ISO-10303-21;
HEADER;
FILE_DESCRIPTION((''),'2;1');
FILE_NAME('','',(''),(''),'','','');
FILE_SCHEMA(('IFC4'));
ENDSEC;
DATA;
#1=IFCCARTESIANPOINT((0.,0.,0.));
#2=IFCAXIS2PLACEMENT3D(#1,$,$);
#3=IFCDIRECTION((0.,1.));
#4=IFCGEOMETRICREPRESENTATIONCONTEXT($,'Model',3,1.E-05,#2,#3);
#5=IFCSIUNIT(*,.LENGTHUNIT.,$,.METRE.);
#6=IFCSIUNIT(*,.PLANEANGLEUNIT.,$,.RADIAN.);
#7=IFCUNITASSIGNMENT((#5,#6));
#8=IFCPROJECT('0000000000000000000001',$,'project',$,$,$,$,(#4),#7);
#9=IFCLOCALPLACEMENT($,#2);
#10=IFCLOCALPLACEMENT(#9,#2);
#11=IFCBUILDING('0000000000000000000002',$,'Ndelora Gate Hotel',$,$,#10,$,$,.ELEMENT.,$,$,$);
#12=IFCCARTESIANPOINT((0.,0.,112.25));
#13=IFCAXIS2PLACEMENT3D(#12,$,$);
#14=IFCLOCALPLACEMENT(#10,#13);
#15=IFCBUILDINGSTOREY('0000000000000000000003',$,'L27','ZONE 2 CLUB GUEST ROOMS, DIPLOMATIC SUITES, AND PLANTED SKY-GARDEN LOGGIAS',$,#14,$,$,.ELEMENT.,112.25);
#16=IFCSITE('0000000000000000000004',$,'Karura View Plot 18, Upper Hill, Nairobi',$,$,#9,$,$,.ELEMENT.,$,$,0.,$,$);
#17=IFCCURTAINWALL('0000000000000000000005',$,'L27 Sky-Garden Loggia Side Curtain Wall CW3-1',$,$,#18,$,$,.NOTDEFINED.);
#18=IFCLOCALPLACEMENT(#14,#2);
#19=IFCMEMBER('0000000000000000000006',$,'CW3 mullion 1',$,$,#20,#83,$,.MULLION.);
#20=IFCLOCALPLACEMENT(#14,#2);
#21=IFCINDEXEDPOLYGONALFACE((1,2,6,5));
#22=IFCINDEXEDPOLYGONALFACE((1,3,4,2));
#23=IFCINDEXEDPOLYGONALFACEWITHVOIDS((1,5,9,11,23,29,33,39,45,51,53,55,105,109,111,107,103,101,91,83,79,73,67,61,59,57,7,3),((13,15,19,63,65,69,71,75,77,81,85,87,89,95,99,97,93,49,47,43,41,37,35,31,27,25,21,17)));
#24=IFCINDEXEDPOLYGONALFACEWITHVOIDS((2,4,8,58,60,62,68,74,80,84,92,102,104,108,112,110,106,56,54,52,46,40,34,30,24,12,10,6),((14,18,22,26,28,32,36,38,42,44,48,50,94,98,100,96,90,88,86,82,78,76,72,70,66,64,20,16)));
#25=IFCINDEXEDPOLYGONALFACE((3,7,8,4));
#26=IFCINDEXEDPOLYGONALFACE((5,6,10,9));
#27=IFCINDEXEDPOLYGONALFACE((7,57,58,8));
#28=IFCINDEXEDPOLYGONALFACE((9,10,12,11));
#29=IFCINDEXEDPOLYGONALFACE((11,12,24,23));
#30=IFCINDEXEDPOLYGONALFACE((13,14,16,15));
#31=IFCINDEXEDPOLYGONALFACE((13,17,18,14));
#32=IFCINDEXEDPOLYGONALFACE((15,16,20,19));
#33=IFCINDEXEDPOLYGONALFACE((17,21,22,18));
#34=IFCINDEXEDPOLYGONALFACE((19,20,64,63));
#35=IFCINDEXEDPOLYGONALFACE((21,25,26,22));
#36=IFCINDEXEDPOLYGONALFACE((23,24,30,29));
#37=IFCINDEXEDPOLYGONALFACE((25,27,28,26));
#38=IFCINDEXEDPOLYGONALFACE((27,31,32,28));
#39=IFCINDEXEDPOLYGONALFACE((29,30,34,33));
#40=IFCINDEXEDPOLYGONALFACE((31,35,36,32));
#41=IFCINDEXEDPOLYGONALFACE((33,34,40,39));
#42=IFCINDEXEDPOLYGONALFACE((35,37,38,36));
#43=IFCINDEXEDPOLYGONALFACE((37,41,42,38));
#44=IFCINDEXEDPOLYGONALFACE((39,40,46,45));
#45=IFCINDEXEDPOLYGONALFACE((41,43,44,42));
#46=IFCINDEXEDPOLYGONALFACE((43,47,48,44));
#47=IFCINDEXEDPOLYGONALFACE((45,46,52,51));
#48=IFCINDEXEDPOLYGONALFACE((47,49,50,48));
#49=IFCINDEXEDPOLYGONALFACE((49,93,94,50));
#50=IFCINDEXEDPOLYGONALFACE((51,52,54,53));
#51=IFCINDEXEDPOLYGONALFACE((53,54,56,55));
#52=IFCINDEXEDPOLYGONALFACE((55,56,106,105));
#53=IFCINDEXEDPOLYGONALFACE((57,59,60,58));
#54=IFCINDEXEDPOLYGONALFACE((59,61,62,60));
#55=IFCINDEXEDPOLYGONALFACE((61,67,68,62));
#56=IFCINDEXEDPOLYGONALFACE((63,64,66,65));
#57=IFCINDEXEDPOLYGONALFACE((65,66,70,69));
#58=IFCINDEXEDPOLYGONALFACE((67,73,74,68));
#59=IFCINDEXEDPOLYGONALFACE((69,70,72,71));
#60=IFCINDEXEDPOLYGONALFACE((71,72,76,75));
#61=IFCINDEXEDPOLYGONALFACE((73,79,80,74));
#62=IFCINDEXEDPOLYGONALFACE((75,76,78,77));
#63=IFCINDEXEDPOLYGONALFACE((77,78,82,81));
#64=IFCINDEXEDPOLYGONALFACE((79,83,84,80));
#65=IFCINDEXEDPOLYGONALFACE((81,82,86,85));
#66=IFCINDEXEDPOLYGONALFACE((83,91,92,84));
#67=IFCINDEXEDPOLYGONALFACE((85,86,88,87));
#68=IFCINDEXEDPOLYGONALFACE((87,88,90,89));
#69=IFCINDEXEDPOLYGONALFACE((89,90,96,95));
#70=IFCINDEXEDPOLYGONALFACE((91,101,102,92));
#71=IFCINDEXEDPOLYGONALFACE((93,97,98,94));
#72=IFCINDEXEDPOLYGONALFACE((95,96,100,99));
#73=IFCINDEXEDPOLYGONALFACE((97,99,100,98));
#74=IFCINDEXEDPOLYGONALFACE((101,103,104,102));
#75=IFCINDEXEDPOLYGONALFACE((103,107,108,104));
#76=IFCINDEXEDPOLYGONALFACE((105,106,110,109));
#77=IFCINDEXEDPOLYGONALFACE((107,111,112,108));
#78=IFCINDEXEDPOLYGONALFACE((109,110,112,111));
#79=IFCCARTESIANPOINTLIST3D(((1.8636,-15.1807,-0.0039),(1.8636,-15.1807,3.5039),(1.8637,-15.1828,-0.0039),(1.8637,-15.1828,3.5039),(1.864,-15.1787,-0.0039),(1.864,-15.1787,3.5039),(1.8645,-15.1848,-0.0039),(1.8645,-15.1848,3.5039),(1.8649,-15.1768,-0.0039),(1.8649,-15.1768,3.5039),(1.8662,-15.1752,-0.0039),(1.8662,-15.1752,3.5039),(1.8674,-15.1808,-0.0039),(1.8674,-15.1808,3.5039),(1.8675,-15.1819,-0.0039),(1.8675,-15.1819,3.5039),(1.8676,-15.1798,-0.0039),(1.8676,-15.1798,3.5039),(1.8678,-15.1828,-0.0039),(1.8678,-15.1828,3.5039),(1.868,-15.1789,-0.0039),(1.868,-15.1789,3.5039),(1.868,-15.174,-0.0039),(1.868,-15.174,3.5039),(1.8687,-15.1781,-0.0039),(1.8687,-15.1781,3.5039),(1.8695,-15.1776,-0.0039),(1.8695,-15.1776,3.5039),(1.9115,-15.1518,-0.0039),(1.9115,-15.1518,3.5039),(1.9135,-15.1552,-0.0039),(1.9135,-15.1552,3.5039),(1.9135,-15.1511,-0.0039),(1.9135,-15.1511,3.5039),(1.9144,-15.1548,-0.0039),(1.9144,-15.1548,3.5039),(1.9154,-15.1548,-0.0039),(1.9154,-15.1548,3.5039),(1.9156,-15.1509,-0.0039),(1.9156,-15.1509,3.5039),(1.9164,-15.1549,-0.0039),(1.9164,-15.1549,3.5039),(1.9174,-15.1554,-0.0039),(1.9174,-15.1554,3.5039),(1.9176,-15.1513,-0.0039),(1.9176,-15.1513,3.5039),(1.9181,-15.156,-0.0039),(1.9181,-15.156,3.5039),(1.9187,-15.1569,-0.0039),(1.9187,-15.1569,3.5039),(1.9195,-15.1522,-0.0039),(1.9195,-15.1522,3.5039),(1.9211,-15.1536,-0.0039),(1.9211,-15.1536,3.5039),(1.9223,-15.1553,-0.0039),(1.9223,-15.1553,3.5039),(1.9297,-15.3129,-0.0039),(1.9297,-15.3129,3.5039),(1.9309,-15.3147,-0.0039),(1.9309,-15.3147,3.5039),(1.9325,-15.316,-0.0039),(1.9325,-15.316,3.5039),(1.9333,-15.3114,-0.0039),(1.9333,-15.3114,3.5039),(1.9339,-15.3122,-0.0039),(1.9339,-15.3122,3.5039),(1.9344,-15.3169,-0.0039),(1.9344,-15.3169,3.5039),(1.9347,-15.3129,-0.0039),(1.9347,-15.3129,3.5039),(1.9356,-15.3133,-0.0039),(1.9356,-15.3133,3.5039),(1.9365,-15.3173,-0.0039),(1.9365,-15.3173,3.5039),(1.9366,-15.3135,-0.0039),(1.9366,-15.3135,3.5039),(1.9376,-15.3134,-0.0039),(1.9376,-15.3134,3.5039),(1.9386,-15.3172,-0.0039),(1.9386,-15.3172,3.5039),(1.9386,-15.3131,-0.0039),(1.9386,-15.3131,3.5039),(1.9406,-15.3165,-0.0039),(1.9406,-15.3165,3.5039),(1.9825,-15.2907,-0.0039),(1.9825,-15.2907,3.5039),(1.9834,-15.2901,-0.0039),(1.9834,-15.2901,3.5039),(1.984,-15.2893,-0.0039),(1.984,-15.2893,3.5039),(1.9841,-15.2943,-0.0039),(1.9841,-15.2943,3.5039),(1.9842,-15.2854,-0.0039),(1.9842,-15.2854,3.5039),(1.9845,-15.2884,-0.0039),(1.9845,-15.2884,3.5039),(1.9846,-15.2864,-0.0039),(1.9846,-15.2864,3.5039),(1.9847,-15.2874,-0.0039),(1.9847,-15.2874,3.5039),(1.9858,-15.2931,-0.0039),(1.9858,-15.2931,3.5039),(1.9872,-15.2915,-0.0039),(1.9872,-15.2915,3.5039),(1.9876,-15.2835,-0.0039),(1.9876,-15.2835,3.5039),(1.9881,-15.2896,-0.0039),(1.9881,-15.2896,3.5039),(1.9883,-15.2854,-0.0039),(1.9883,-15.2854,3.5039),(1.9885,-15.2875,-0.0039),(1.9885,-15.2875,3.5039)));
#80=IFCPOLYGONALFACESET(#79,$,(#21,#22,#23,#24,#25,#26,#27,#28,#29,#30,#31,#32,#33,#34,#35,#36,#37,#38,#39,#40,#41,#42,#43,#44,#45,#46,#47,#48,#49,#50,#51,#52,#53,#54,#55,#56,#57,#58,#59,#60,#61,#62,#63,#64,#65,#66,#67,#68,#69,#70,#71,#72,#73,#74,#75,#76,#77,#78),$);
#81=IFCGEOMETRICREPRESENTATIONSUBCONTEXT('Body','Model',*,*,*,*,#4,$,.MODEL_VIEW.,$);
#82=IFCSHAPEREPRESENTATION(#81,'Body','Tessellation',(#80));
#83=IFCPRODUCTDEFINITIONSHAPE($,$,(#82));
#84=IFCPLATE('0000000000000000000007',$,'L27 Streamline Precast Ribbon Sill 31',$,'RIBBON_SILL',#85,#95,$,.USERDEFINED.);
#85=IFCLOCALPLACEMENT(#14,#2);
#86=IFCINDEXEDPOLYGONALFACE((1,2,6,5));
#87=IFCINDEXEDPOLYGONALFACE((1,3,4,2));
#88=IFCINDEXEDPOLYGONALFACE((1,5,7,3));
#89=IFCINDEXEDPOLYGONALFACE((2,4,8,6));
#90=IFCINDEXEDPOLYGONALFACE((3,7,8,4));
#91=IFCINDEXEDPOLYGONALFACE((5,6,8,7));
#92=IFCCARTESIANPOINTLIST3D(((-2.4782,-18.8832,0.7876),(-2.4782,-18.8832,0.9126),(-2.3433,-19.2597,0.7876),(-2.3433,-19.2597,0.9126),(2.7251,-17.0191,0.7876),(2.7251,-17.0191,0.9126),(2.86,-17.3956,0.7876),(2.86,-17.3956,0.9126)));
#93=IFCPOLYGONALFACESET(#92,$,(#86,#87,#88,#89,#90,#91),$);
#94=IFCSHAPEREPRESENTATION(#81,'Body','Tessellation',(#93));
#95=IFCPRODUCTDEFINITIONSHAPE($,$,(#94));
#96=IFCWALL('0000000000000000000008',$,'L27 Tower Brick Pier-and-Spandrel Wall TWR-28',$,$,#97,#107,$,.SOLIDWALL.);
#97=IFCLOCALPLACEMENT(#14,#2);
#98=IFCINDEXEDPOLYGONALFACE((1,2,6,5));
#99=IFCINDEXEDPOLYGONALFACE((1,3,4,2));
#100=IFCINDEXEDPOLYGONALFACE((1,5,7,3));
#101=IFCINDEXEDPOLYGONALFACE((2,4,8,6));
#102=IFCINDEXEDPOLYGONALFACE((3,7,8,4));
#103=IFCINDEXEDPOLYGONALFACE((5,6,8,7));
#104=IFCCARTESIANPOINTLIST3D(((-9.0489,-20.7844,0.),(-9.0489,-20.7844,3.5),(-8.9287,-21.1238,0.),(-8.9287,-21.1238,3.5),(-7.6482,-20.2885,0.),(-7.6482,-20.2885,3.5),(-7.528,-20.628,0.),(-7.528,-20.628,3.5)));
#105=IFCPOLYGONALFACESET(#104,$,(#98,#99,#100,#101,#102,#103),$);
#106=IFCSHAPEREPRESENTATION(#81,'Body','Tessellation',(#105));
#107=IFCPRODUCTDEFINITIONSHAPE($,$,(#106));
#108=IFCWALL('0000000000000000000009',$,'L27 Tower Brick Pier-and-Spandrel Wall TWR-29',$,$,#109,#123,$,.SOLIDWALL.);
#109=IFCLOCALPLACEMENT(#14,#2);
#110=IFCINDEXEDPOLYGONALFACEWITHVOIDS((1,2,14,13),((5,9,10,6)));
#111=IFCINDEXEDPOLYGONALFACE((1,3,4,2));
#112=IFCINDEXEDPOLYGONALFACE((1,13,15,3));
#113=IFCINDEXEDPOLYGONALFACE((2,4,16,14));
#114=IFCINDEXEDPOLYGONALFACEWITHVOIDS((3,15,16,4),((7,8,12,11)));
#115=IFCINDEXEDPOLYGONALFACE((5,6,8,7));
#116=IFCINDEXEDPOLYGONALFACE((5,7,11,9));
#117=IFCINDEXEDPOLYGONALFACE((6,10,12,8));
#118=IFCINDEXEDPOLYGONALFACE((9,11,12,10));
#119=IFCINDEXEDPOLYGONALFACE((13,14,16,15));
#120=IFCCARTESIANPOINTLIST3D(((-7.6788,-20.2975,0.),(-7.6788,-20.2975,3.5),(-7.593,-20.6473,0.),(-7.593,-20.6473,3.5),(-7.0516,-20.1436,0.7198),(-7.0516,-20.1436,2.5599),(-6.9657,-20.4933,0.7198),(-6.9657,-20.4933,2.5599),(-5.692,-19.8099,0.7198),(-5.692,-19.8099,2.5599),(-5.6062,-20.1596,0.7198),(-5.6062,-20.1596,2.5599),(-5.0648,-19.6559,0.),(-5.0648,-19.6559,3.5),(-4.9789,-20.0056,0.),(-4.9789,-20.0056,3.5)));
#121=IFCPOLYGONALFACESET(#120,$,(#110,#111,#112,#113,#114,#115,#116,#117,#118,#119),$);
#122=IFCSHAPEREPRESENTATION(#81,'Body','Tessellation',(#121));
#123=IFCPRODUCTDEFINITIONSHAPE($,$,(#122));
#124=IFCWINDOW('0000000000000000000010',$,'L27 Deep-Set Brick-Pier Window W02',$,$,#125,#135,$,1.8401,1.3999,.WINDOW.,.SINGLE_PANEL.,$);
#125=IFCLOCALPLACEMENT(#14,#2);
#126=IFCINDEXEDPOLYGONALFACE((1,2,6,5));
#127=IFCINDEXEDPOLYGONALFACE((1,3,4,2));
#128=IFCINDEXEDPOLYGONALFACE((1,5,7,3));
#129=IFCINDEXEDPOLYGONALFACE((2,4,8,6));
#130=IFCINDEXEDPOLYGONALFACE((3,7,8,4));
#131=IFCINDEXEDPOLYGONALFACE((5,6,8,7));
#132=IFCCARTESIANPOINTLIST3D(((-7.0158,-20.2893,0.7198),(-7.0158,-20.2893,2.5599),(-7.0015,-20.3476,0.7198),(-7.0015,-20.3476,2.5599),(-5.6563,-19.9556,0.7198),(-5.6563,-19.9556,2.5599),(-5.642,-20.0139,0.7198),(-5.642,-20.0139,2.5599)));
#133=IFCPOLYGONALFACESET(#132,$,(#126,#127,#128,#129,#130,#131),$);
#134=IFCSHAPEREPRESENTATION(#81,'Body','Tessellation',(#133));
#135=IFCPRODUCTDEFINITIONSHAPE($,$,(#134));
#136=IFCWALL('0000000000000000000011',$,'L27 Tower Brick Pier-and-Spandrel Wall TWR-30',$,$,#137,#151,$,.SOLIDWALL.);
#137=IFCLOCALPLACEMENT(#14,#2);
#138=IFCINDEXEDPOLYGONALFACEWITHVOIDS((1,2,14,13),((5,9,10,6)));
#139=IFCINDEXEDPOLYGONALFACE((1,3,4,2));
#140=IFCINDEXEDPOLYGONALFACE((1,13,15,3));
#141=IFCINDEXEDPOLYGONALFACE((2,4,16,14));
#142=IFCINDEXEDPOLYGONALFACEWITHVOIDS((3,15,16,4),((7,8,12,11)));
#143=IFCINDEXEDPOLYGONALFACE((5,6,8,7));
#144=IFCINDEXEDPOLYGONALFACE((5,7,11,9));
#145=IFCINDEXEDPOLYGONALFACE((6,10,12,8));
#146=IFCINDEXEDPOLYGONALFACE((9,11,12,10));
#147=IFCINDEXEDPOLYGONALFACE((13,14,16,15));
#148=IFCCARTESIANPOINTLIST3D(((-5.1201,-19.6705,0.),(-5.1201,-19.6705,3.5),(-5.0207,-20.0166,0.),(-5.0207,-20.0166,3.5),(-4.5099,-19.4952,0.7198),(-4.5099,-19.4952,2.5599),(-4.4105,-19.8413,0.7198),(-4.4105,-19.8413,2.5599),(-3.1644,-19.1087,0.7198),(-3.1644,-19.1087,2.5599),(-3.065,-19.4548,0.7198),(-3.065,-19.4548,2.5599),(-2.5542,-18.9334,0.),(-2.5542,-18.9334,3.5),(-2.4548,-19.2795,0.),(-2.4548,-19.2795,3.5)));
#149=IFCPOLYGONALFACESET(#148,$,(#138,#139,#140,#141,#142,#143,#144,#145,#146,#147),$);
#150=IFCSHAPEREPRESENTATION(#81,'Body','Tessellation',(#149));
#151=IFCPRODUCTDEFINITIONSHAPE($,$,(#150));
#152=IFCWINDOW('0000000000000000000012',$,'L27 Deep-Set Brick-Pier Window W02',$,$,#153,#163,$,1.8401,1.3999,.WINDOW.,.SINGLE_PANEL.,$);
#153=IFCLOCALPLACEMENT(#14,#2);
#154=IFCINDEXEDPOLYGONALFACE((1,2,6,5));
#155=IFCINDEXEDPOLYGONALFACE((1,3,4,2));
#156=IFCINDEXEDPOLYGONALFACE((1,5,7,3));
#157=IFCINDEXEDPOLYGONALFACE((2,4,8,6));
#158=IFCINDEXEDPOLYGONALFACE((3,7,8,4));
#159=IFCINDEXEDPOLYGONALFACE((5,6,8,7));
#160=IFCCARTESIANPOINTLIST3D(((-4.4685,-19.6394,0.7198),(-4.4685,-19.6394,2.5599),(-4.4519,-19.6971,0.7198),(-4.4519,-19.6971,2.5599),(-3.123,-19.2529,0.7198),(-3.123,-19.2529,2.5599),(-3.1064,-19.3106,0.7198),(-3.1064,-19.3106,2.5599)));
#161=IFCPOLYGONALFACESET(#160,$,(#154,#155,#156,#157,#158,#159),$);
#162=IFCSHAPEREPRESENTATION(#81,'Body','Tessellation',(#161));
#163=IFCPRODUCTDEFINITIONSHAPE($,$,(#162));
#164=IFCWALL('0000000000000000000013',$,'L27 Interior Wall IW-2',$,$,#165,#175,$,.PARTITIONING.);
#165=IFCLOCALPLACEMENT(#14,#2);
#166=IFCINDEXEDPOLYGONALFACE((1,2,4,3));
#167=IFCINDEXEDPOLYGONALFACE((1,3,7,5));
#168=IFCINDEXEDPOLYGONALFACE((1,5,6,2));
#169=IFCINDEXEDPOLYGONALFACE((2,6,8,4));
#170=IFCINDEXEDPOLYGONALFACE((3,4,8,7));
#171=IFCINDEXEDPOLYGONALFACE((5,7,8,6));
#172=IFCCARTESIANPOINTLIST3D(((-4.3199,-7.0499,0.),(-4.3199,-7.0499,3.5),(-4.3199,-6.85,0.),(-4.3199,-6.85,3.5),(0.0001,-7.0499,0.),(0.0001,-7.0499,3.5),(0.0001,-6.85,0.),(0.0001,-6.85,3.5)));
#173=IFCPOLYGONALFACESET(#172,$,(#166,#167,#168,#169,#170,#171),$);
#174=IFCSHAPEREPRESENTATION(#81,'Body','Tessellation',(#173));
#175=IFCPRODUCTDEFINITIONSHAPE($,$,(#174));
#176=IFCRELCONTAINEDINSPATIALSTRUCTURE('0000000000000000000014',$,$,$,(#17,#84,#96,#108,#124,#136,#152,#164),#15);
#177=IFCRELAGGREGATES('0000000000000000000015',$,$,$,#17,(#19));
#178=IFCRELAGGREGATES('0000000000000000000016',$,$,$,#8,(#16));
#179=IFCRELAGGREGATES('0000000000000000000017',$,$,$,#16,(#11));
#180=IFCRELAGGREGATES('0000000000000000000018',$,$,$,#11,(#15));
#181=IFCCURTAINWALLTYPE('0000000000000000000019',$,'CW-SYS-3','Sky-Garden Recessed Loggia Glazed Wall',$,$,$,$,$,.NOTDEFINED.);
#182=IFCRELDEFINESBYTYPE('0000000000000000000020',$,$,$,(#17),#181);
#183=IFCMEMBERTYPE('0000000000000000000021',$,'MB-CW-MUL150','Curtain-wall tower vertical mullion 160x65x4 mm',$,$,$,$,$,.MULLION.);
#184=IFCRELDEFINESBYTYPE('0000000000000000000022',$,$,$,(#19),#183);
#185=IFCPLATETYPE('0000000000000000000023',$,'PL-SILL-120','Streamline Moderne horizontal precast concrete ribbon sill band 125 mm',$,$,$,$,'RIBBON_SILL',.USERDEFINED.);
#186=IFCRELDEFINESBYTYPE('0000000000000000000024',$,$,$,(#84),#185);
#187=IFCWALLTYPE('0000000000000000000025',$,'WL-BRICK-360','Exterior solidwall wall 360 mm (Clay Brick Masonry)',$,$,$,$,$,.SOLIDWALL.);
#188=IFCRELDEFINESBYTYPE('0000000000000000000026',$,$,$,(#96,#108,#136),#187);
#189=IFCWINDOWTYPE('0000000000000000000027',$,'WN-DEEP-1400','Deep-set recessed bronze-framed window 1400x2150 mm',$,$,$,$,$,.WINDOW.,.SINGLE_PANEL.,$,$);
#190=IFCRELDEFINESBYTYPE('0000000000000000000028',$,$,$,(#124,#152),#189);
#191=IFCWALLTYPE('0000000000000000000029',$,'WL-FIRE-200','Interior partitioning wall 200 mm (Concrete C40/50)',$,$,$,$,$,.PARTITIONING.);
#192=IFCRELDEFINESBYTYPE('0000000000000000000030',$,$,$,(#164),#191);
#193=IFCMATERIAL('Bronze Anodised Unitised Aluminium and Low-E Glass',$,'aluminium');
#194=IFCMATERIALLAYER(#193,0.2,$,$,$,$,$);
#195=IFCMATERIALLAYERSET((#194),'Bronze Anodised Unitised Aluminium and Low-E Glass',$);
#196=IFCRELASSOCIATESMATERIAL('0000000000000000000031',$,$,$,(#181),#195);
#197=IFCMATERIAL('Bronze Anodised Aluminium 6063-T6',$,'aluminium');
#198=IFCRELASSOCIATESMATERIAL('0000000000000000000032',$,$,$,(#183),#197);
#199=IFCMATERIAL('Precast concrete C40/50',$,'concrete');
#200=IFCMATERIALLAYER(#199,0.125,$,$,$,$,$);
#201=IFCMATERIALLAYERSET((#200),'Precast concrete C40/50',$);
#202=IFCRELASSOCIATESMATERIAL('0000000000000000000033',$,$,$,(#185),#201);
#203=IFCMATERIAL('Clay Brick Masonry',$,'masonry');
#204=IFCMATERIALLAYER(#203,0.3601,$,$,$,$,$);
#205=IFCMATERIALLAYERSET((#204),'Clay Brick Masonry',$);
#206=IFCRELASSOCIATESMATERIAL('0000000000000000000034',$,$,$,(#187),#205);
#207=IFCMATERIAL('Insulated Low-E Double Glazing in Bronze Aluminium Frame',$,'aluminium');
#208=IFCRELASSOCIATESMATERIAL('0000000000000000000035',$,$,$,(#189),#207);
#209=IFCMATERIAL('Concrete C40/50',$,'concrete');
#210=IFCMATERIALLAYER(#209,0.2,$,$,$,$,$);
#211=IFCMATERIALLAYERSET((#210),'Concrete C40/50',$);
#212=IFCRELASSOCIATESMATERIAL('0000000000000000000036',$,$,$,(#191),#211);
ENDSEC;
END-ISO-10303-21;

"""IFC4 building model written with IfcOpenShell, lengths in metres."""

from ifc_helpers import new_model, si_unit, direction, frame, frame_2d, origin, origin_2d, place, context, subcontext, project, spatial, rectangle, hollow_rectangle, extrude, material, layer, layer_set, material_profile, profile_set, type_object, element, fill, aggregate, save


model = new_model("IFC4")

# Units and contexts
model_context = context("Model", 3, precision=1e-05, world=origin(), true_north=direction((0.0, 1.0)))
body_context = subcontext(model_context, "Body", "Model", "MODEL_VIEW")
ifc_project = project(units=[si_unit("LENGTHUNIT", "METRE"), si_unit("PLANEANGLEUNIT", "RADIAN")], contexts=[model_context])

# Site, building, storey
site_placement = place(None, origin())
site = spatial("IfcSite", under=ifc_project, at=site_placement, Name="Karura View Plot 18, Upper Hill, Nairobi", CompositionType="ELEMENT", RefElevation=0.0)
building_placement = place(site_placement, origin())
building = spatial("IfcBuilding", under=site, at=building_placement, Name="Ndelora Gate Hotel", CompositionType="ELEMENT")
storey_placement = place(building_placement, frame((0.0, 0.0, 112.25)))
storey = spatial("IfcBuildingStorey", under=building, at=storey_placement, Name="L27", Description="ZONE 2 CLUB GUEST ROOMS, DIPLOMATIC SUITES, AND PLANTED SKY-GARDEN LOGGIAS", CompositionType="ELEMENT", Elevation=112.25)

# Curtain wall, member
ifc_material_1 = material(Name="Bronze Anodised Unitised Aluminium and Low-E Glass", Category="aluminium")
ifc_layer_1 = layer(ifc_material_1, 0.2)
ifc_layer_set_1 = layer_set([ifc_layer_1], Name="Bronze Anodised Unitised Aluminium and Low-E Glass")
curtain_wall_type = type_object("IfcCurtainWallType", Name="CW-SYS-3", Description="Sky-Garden Recessed Loggia Glazed Wall", PredefinedType="NOTDEFINED", material=ifc_layer_set_1)
curtain_wall_placement = place(storey_placement, origin())
curtain_wall = element("IfcCurtainWall", 1, at=curtain_wall_placement, inside=storey, type_object=curtain_wall_type, Name="L27 Sky-Garden Loggia Side Curtain Wall CW3-1", PredefinedType="NOTDEFINED")
ifc_material_2 = material(Name="Bronze Anodised Aluminium 6063-T6", Category="aluminium")
ifc_material_profile_1 = material_profile(ifc_material_2, hollow_rectangle(XDim=0.0649, YDim=0.1599, WallThickness=0.0039, InnerFilletRadius=0.0039, OuterFilletRadius=0.0081, at=origin_2d()), Name="ALU 160x65x4")
ifc_profile_set_1 = profile_set([ifc_material_profile_1], Name="Bronze Anodised Aluminium 6063-T6")
member_type = type_object("IfcMemberType", Name="MB-CW-MUL150", Description="Curtain-wall tower vertical mullion 160x65x4 mm", PredefinedType="MULLION", material=ifc_profile_set_1)
member_placement = place(storey_placement, frame((1.926, -15.2341, -0.0039), z_axis=(0.0, 0.0, 1.0), x_axis=(0.891001, 0.454001, 0.0)))
member = element("IfcMember", 2, at=member_placement, type_object=member_type, Name="CW3 mullion 1", PredefinedType="MULLION", context=body_context, shape_type="SweptSolid", body=[
    extrude(hollow_rectangle(XDim=0.0649, YDim=0.1599, WallThickness=0.0039, InnerFilletRadius=0.0039, OuterFilletRadius=0.0081, at=origin_2d()), origin(), (0.0, 0.0, 1.0), 3.5078),
])
aggregate(curtain_wall, [member])

# Plate
ifc_material_3 = material(Name="Precast concrete C40/50", Category="concrete")
ifc_layer_2 = layer(ifc_material_3, 0.125)
ifc_layer_set_2 = layer_set([ifc_layer_2], Name="Precast concrete C40/50")
plate_type = type_object("IfcPlateType", Name="PL-SILL-120", Description="Streamline Moderne horizontal precast concrete ribbon sill band 125 mm", ElementType="RIBBON_SILL", PredefinedType="USERDEFINED", material=ifc_layer_set_2)
plate_placement = place(storey_placement, frame((0.1909, -18.1394, 0.7876), z_axis=(0.0, 0.0, 1.0), x_axis=(0.941412, 0.33726, 0.0)))
element("IfcPlate", 3, at=plate_placement, inside=storey, type_object=plate_type, Name="L27 Streamline Precast Ribbon Sill 31", ObjectType="RIBBON_SILL", PredefinedType="USERDEFINED", context=body_context, shape_type="SweptSolid", body=[
    extrude(rectangle(XDim=5.5271, YDim=0.3999, at=origin_2d()), origin(), (0.0, 0.0, 1.0), 0.125),
])

# Wall
ifc_material_4 = material(Name="Clay Brick Masonry", Category="masonry")
ifc_layer_3 = layer(ifc_material_4, 0.3601)
ifc_layer_set_3 = layer_set([ifc_layer_3], Name="Clay Brick Masonry")
wall_type_1 = type_object("IfcWallType", Name="WL-BRICK-360", Description="Exterior solidwall wall 360 mm (Clay Brick Masonry)", PredefinedType="SOLIDWALL", material=ifc_layer_set_3)
wall_1_placement = place(storey_placement, frame((-7.5881, -20.4583, 0.0), z_axis=(0.0, 0.0, 1.0), x_axis=(-0.942671, -0.333722, 0.0)))
element("IfcWall", 4, at=wall_1_placement, inside=storey, type_object=wall_type_1, Name="L27 Tower Brick Pier-and-Spandrel Wall TWR-28", PredefinedType="SOLIDWALL", context=body_context, shape_type="SweptSolid", body=[
    extrude(rectangle(XDim=1.4858, YDim=0.3601, at=frame_2d((0.7429, 0.0))), origin(), (0.0, 0.0, 1.0), 3.5),
])

# Walls, openings, windows
wall_2_placement = place(storey_placement, frame((-5.022, -19.8308, 0.0), z_axis=(0.0, 0.0, 1.0), x_axis=(-0.971174, -0.238372, 0.0)))
wall_2 = element("IfcWall", 5, at=wall_2_placement, inside=storey, type_object=wall_type_1, Name="L27 Tower Brick Pier-and-Spandrel Wall TWR-29", PredefinedType="SOLIDWALL", context=body_context, shape_type="SweptSolid", body=[
    extrude(rectangle(XDim=2.6917, YDim=0.3601, at=frame_2d((1.3457, 0.0))), origin(), (0.0, 0.0, 1.0), 3.5),
])
opening_1_placement = place(wall_2_placement, frame((0.6458, 0.0, 0.72)))
opening_1 = element("IfcOpeningElement", 6, at=opening_1_placement, cuts=wall_2, PredefinedType="OPENING", context=body_context, shape_type="SweptSolid", body=[
    extrude(rectangle(XDim=1.3999, YDim=1.8401, at=frame_2d((0.7, 0.9199))), frame((0.0, 0.1899, 0.0), z_axis=(0.0, -1.0, 0.0), x_axis=(1.0, 0.0, 0.0)), (0.0, 0.0, 1.0), 0.3801),
])
ifc_material_5 = material(Name="Insulated Low-E Double Glazing in Bronze Aluminium Frame", Category="aluminium")
window_type = type_object("IfcWindowType", Name="WN-DEEP-1400", Description="Deep-set recessed bronze-framed window 1400x2150 mm", PartitioningType="SINGLE_PANEL", PredefinedType="WINDOW", material=ifc_material_5)
window_1_placement = place(opening_1_placement, origin())
window_1 = element("IfcWindow", 7, at=window_1_placement, inside=storey, type_object=window_type, Name="L27 Deep-Set Brick-Pier Window W02", OverallHeight=1.8401, OverallWidth=1.3999, PartitioningType="SINGLE_PANEL", PredefinedType="WINDOW", context=body_context, shape_type="SweptSolid", body=[
    extrude(rectangle(XDim=1.3999, YDim=1.8401, at=frame_2d((0.7, 0.9199))), frame((0.0, 0.03, 0.0), z_axis=(0.0, -1.0, 0.0), x_axis=(1.0, 0.0, 0.0)), (0.0, 0.0, 1.0), 0.0601),
])
fill(opening_1, window_1)
wall_3_placement = place(storey_placement, frame((-2.5044, -19.1064, 0.0), z_axis=(0.0, 0.0, 1.0), x_axis=(-0.961133, -0.276086, 0.0)))
wall_3 = element("IfcWall", 8, at=wall_3_placement, inside=storey, type_object=wall_type_1, Name="L27 Tower Brick Pier-and-Spandrel Wall TWR-30", PredefinedType="SOLIDWALL", context=body_context, shape_type="SweptSolid", body=[
    extrude(rectangle(XDim=2.6697, YDim=0.3601, at=frame_2d((1.335, 0.0))), origin(), (0.0, 0.0, 1.0), 3.5),
])
opening_2_placement = place(wall_3_placement, frame((0.635, 0.0, 0.72)))
opening_2 = element("IfcOpeningElement", 9, at=opening_2_placement, cuts=wall_3, PredefinedType="OPENING", context=body_context, shape_type="SweptSolid", body=[
    extrude(rectangle(XDim=1.3999, YDim=1.8401, at=frame_2d((0.7, 0.9199))), frame((0.0, 0.1899, 0.0), z_axis=(0.0, -1.0, 0.0), x_axis=(1.0, 0.0, 0.0)), (0.0, 0.0, 1.0), 0.3801),
])
window_2_placement = place(opening_2_placement, origin())
window_2 = element("IfcWindow", 10, at=window_2_placement, inside=storey, type_object=window_type, Name="L27 Deep-Set Brick-Pier Window W02", OverallHeight=1.8401, OverallWidth=1.3999, PartitioningType="SINGLE_PANEL", PredefinedType="WINDOW", context=body_context, shape_type="SweptSolid", body=[
    extrude(rectangle(XDim=1.3999, YDim=1.8401, at=frame_2d((0.7, 0.9199))), frame((0.0, 0.03, 0.0), z_axis=(0.0, -1.0, 0.0), x_axis=(1.0, 0.0, 0.0)), (0.0, 0.0, 1.0), 0.0601),
])
fill(opening_2, window_2)

# Wall
ifc_material_6 = material(Name="Concrete C40/50", Category="concrete")
ifc_layer_4 = layer(ifc_material_6, 0.2)
ifc_layer_set_4 = layer_set([ifc_layer_4], Name="Concrete C40/50")
wall_type_2 = type_object("IfcWallType", Name="WL-FIRE-200", Description="Interior partitioning wall 200 mm (Concrete C40/50)", PredefinedType="PARTITIONING", material=ifc_layer_set_4)
wall_4_placement = place(storey_placement, frame((-4.3201, -6.95, 0.0), z_axis=(0.0, 0.0, 1.0), x_axis=(1.0, 0.0, 0.0)))
element("IfcWall", 11, at=wall_4_placement, inside=storey, type_object=wall_type_2, Name="L27 Interior Wall IW-2", PredefinedType="PARTITIONING", context=body_context, shape_type="SweptSolid", body=[
    extrude(rectangle(XDim=4.3201, YDim=0.2, at=frame_2d((2.1602, 0.0))), origin(), (0.0, 0.0, 1.0), 3.5),
])

save(model, "model.ifc")
